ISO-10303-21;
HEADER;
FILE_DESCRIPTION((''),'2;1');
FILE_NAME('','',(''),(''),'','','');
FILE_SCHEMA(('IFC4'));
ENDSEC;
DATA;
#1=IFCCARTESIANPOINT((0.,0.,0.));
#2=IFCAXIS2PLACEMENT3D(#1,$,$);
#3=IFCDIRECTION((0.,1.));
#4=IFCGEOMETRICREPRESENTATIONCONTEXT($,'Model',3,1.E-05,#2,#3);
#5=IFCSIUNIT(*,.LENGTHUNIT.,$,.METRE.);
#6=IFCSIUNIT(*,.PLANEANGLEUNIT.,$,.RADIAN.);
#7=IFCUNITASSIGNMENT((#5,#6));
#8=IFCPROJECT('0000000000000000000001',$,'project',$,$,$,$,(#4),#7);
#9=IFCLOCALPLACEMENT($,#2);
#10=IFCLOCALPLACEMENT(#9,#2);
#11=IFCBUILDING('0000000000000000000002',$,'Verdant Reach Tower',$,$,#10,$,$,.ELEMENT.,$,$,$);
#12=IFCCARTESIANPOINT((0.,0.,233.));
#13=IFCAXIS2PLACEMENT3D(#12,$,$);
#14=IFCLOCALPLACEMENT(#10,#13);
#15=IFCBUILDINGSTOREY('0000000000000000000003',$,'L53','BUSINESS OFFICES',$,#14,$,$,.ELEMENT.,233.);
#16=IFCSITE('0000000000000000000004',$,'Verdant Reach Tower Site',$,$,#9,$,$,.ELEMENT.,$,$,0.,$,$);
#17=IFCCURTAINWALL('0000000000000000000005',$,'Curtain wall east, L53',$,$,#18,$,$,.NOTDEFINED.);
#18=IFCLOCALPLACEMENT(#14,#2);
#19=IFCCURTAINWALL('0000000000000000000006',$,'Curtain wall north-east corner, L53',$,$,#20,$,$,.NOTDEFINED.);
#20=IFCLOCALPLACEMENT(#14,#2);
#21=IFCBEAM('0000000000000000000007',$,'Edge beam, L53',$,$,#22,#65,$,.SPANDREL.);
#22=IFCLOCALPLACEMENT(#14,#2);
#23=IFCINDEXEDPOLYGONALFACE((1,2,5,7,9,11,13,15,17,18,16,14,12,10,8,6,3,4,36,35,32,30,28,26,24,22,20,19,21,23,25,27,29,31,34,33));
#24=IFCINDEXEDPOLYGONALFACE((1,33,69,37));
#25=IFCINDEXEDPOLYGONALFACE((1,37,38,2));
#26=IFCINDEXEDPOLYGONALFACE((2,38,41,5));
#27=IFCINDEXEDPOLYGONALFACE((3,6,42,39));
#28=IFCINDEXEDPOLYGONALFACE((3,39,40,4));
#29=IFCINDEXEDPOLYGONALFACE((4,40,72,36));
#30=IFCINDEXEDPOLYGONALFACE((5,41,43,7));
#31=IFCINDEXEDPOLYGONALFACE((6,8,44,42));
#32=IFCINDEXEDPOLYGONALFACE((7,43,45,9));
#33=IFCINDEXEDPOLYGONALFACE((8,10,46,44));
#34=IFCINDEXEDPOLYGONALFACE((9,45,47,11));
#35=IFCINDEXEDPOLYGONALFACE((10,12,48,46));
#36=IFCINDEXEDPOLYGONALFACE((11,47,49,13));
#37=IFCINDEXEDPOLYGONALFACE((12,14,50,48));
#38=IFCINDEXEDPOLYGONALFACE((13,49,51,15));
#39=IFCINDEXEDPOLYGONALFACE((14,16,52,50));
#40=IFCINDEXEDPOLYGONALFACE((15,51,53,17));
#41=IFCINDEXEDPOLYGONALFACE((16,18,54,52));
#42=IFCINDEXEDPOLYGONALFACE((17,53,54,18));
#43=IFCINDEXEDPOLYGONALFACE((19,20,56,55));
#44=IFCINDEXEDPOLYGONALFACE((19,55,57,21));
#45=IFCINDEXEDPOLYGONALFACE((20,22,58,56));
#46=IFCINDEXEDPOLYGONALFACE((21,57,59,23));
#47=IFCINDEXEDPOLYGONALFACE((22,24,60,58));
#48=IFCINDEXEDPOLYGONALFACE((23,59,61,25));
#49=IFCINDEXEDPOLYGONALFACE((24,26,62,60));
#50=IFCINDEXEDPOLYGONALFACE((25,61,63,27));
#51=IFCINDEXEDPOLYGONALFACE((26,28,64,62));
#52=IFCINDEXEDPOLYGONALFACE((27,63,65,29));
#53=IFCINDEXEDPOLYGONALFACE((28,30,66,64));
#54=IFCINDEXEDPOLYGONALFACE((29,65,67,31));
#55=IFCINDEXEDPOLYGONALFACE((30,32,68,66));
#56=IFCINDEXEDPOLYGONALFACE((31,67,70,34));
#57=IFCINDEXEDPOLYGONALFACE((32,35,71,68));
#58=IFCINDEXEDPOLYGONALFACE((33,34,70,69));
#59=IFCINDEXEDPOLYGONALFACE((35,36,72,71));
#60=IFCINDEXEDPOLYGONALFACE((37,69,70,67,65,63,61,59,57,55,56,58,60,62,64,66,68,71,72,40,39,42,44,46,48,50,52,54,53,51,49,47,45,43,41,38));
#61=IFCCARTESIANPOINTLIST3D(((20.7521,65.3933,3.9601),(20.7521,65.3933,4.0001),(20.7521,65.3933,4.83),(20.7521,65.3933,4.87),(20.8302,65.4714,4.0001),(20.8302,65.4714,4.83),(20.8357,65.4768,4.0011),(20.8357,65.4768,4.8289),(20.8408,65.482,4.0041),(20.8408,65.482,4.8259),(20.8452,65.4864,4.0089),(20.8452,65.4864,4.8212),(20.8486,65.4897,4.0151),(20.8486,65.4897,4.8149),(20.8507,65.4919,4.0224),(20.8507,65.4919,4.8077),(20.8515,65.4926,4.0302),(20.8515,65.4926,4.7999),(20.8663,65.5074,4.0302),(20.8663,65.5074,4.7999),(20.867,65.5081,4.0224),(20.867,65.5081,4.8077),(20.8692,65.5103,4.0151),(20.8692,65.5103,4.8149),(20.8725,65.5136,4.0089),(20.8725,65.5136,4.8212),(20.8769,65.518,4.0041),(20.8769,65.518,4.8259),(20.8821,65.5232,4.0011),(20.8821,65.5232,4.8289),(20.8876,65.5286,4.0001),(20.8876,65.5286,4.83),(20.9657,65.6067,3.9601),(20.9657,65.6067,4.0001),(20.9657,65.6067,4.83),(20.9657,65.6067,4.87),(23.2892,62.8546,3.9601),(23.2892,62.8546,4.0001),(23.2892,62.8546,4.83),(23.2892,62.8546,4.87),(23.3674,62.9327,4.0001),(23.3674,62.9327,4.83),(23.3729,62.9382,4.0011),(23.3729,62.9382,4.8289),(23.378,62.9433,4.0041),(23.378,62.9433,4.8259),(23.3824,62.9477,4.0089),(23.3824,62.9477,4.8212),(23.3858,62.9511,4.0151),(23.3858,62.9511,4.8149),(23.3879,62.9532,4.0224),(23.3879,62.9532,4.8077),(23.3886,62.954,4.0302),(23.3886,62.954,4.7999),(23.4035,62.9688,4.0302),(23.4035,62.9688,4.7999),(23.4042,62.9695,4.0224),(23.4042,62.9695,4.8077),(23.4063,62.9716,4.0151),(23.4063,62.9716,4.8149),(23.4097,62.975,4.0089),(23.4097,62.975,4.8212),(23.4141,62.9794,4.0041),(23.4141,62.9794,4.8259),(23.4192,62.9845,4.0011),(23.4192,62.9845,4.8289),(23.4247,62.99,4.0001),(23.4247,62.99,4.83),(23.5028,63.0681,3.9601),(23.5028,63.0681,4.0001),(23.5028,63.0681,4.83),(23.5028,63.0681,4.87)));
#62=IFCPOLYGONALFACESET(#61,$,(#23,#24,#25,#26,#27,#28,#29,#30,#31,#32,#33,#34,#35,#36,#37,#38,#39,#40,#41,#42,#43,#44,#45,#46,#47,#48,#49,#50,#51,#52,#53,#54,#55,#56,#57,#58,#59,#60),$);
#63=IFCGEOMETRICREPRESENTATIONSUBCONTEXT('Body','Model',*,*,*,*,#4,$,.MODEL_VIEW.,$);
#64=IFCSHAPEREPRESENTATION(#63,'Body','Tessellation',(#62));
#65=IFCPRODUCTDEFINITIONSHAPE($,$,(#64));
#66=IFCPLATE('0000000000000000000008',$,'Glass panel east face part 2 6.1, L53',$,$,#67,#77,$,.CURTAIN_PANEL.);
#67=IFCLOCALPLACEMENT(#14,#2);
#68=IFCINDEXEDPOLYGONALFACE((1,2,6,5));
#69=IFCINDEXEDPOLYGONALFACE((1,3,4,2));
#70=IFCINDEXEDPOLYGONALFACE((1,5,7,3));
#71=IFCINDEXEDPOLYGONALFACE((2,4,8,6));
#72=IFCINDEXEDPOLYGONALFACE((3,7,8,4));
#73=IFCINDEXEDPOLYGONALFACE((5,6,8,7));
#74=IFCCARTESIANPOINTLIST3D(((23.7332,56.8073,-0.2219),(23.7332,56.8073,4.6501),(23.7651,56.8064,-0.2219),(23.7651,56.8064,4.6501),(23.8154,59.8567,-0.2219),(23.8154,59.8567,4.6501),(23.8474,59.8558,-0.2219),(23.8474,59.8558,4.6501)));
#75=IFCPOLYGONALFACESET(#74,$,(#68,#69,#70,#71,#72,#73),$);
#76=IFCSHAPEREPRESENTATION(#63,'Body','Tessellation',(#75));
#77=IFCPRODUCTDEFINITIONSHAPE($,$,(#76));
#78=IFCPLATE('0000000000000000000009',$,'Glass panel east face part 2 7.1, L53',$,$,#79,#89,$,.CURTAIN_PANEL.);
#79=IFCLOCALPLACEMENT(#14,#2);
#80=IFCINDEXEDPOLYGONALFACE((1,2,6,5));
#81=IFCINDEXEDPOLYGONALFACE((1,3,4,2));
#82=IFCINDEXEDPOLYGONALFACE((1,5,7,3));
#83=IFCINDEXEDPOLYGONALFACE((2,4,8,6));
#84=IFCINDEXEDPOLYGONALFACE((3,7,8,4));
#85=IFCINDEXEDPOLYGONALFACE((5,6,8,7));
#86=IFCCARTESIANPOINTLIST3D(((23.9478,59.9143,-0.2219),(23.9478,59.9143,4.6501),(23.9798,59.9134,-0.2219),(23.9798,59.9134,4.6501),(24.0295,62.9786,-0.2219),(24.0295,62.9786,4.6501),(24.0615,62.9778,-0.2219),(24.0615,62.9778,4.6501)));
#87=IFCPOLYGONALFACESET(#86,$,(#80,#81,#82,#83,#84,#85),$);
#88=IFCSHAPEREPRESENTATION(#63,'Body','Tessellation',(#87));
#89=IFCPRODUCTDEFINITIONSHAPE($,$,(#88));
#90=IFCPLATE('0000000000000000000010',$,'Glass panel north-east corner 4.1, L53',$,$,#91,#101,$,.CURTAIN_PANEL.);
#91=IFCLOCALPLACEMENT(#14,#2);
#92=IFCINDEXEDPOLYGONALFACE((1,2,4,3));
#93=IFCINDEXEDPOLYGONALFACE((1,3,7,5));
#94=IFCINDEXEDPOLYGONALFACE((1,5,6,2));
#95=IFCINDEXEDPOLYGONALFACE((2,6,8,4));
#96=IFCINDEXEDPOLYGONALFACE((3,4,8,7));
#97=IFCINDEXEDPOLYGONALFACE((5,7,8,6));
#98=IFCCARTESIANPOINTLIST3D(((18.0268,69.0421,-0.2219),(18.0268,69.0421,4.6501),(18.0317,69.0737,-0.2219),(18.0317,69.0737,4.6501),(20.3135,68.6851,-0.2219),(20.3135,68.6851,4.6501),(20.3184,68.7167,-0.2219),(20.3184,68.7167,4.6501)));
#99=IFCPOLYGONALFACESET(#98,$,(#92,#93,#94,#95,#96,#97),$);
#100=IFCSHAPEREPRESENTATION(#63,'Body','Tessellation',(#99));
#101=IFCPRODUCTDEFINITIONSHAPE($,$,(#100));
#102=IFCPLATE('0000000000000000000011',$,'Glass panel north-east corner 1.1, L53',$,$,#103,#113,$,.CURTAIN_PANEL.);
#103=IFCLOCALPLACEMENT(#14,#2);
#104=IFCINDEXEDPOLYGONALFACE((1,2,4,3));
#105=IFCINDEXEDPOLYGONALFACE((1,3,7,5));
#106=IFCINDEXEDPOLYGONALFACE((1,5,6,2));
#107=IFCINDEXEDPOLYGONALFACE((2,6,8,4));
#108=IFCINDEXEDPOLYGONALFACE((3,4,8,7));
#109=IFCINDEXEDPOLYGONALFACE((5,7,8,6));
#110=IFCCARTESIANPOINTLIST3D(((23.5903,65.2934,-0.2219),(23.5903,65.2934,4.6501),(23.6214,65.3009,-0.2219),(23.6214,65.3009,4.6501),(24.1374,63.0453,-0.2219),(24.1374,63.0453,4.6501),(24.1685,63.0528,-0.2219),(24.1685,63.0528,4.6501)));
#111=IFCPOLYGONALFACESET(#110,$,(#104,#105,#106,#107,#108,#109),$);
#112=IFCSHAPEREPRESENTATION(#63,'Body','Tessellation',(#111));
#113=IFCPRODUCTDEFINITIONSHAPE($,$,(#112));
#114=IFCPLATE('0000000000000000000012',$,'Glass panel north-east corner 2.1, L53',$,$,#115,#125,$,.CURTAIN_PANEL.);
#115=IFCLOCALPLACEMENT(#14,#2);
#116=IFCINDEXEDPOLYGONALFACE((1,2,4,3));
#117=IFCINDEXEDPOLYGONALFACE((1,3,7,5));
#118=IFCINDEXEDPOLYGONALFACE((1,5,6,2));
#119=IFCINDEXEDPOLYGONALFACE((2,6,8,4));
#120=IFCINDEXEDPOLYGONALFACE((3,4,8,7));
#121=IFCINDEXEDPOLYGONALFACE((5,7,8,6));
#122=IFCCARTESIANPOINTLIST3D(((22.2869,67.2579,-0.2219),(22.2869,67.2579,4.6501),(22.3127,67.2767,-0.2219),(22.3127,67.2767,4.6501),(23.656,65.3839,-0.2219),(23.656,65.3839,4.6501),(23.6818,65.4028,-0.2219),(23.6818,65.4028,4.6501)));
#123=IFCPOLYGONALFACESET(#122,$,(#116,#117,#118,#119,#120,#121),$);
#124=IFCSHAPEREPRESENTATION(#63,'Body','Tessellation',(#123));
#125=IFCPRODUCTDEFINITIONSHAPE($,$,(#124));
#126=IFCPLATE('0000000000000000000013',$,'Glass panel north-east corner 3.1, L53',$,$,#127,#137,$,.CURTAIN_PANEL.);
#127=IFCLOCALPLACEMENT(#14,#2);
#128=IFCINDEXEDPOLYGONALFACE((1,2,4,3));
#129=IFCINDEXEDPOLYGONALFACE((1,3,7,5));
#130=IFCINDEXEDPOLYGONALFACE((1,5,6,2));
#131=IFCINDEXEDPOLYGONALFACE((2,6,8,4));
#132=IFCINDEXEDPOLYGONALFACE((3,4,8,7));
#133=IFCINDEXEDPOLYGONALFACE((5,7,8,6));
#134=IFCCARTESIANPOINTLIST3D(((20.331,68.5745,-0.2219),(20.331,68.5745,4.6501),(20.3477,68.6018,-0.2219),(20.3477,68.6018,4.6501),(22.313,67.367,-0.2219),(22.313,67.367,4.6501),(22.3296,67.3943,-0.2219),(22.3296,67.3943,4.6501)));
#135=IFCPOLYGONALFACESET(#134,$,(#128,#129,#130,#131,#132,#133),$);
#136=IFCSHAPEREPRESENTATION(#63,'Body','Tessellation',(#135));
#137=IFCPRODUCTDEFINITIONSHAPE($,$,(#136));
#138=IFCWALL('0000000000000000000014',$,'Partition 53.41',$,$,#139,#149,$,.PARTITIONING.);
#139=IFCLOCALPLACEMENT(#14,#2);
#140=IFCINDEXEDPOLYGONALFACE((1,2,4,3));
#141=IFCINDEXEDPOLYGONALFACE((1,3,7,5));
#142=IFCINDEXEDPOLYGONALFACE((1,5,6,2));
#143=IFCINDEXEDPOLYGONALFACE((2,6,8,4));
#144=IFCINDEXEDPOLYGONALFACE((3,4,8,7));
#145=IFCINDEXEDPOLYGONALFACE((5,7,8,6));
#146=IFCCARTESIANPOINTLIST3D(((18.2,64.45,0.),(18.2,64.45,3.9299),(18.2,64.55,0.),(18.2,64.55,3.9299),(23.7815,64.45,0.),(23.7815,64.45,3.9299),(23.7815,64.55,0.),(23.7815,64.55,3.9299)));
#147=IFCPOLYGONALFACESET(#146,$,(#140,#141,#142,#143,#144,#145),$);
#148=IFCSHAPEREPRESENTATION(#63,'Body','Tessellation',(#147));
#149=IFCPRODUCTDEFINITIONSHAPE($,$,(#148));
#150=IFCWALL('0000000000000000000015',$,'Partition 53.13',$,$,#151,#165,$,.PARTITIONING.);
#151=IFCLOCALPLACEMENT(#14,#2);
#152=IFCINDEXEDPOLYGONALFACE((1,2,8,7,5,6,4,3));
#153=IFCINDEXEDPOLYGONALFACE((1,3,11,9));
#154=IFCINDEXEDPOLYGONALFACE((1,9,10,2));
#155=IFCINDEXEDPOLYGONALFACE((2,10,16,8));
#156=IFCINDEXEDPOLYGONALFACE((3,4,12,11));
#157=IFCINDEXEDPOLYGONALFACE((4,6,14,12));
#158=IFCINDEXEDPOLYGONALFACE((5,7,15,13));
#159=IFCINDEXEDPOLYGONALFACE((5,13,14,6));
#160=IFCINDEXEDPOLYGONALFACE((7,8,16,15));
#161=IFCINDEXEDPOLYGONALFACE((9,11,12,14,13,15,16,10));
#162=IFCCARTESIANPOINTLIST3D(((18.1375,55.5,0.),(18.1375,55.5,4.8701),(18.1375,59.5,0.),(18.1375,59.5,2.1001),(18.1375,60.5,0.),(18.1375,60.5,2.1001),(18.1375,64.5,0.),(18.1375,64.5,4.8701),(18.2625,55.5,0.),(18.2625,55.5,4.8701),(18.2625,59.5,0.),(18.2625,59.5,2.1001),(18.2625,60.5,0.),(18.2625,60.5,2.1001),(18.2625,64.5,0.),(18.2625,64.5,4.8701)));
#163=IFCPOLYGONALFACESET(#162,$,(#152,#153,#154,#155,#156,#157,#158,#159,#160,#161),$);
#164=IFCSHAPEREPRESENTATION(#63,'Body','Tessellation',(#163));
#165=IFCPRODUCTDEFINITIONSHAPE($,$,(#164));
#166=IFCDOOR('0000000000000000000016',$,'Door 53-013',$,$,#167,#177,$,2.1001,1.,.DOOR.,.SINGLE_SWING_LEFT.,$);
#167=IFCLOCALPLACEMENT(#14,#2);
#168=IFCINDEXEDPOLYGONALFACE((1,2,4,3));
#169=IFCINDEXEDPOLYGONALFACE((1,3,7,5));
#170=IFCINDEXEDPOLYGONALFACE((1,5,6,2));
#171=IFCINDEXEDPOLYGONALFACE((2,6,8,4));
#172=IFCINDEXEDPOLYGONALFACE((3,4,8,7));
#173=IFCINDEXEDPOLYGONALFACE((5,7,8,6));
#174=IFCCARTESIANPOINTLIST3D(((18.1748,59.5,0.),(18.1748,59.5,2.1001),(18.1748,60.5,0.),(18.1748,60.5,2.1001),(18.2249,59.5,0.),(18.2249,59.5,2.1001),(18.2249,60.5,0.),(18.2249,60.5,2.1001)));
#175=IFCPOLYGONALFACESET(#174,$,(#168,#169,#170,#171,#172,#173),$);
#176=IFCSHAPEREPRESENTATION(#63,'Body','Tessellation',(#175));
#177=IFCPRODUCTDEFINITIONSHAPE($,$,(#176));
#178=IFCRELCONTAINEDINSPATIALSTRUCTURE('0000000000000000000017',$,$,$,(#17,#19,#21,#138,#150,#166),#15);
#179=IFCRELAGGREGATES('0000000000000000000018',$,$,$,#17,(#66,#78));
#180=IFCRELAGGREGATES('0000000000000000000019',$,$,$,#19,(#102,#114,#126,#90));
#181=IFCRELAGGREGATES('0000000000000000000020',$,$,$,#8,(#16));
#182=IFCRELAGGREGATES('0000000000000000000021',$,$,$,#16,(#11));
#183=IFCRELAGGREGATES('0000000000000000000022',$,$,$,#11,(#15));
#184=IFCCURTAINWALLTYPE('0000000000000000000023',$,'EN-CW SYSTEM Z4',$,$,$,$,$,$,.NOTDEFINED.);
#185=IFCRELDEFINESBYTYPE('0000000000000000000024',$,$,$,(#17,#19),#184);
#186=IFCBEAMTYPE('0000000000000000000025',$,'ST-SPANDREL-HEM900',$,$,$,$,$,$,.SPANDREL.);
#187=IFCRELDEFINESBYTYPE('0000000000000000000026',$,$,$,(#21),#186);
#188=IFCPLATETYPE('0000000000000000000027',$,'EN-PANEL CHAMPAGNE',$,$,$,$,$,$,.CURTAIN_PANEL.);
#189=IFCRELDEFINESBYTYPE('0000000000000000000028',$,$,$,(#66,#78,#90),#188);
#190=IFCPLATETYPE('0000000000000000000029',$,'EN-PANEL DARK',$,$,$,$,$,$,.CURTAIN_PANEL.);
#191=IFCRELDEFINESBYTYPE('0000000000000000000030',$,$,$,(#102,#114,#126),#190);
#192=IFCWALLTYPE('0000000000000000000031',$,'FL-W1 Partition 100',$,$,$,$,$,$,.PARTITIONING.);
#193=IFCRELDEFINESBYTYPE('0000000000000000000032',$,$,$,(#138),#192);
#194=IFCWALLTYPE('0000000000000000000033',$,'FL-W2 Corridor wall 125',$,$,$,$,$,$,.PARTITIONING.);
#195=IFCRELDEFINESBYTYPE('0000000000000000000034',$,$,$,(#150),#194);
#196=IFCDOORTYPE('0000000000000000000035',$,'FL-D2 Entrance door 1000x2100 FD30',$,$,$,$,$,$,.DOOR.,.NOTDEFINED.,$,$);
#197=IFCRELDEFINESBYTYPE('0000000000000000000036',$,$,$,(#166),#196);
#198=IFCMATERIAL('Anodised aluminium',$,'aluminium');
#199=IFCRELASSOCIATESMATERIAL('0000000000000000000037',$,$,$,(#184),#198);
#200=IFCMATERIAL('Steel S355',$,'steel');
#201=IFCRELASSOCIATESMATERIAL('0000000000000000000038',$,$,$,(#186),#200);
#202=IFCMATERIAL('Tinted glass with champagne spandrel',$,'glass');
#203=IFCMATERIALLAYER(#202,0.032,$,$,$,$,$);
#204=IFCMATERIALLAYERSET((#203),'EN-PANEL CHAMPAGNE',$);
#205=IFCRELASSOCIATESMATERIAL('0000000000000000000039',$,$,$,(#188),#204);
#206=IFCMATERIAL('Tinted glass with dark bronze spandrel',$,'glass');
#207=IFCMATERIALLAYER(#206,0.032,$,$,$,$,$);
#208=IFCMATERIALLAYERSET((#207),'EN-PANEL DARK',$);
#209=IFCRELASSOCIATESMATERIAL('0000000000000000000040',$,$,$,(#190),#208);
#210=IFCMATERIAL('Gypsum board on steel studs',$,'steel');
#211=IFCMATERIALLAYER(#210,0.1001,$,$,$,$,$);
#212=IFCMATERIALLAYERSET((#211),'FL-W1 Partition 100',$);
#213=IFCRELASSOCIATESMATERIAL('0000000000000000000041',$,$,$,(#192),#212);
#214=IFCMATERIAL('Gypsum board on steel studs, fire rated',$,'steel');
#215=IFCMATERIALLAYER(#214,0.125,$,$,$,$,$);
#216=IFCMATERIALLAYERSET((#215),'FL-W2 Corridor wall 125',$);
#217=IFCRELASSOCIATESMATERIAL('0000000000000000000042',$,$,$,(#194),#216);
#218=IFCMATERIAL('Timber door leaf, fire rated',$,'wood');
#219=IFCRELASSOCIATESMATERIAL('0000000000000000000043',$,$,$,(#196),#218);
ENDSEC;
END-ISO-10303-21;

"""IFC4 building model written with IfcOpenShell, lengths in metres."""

from ifc_helpers import new_model, si_unit, direction, frame, frame_2d, origin, origin_2d, place, context, subcontext, project, spatial, rectangle, i_section, extrude, material, layer, layer_set, material_profile, profile_set, type_object, element, fill, aggregate, save


model = new_model("IFC4")

# Units and contexts
model_context = context("Model", 3, precision=1e-05, world=origin(), true_north=direction((0.0, 1.0)))
body_context = subcontext(model_context, "Body", "Model", "MODEL_VIEW")
ifc_project = project(units=[si_unit("LENGTHUNIT", "METRE"), si_unit("PLANEANGLEUNIT", "RADIAN")], contexts=[model_context])

# Site, building, storey
site_placement = place(None, origin())
site = spatial("IfcSite", under=ifc_project, at=site_placement, Name="Verdant Reach Tower Site", CompositionType="ELEMENT", RefElevation=0.0)
building_placement = place(site_placement, origin())
building = spatial("IfcBuilding", under=site, at=building_placement, Name="Verdant Reach Tower", CompositionType="ELEMENT")
storey_placement = place(building_placement, frame((0.0, 0.0, 233.0)))
storey = spatial("IfcBuildingStorey", under=building, at=storey_placement, Name="L53", Description="BUSINESS OFFICES", CompositionType="ELEMENT", Elevation=233.0)

# Curtain walls
ifc_material_1 = material(Name="Anodised aluminium", Category="aluminium")
curtain_wall_type = type_object("IfcCurtainWallType", Name="EN-CW SYSTEM Z4", PredefinedType="NOTDEFINED", material=ifc_material_1)
curtain_wall_1_placement = place(storey_placement, origin())
curtain_wall_1 = element("IfcCurtainWall", 1, at=curtain_wall_1_placement, inside=storey, type_object=curtain_wall_type, Name="Curtain wall east, L53", PredefinedType="NOTDEFINED")
curtain_wall_2_placement = place(storey_placement, origin())
curtain_wall_2 = element("IfcCurtainWall", 2, at=curtain_wall_2_placement, inside=storey, type_object=curtain_wall_type, Name="Curtain wall north-east corner, L53", PredefinedType="NOTDEFINED")

# Beam
ifc_material_2 = material(Name="Steel S355", Category="steel")
ifc_material_profile_1 = material_profile(ifc_material_2, i_section(OverallWidth=0.302, OverallDepth=0.9099, WebThickness=0.021, FlangeThickness=0.04, FilletRadius=0.03, at=origin_2d()), Name="HEM 900")
ifc_profile_set_1 = profile_set([ifc_material_profile_1], Name="Steel S355")
beam_type_1 = type_object("IfcBeamType", Name="ST-SPANDREL-HEM900", PredefinedType="SPANDREL", material=ifc_profile_set_1)
beam_1_placement = place(storey_placement, frame((20.8589, 65.5, 4.415), z_axis=(0.706903, -0.707311, 0.0), x_axis=(0.707311, 0.706903, 0.0)))
element("IfcBeam", 3, at=beam_1_placement, inside=storey, type_object=beam_type_1, Name="Edge beam, L53", PredefinedType="SPANDREL", context=body_context, shape_type="SweptSolid", body=[
    extrude(i_section(OverallWidth=0.302, OverallDepth=0.9099, WebThickness=0.021, FlangeThickness=0.04, FilletRadius=0.03, at=origin_2d()), origin(), (0.0, 0.0, 1.0), 3.5891),
])

# Plates
ifc_material_3 = material(Name="Tinted glass with champagne spandrel", Category="glass")
ifc_layer_1 = layer(ifc_material_3, 0.032)
ifc_layer_set_1 = layer_set([ifc_layer_1], Name="EN-PANEL CHAMPAGNE")
plate_type_1 = type_object("IfcPlateType", Name="EN-PANEL CHAMPAGNE", PredefinedType="CURTAIN_PANEL", material=ifc_layer_set_1)
plate_1_placement = place(storey_placement, frame((23.7903, 58.3315, -0.2219), z_axis=(0.0, 0.0, 1.0), x_axis=(0.026965, 0.999636, 0.0)))
plate_1 = element("IfcPlate", 4, at=plate_1_placement, type_object=plate_type_1, Name="Glass panel east face part 2 6.1, L53", PredefinedType="CURTAIN_PANEL", context=body_context, shape_type="SweptSolid", body=[
    extrude(rectangle(XDim=3.0505, YDim=0.032, at=origin_2d()), origin(), (0.0, 0.0, 1.0), 4.8721),
])
plate_2_placement = place(storey_placement, frame((24.0046, 61.446, -0.2219), z_axis=(0.0, 0.0, 1.0), x_axis=(0.026651, 0.999645, 0.0)))
plate_2 = element("IfcPlate", 5, at=plate_2_placement, type_object=plate_type_1, Name="Glass panel east face part 2 7.1, L53", PredefinedType="CURTAIN_PANEL", context=body_context, shape_type="SweptSolid", body=[
    extrude(rectangle(XDim=3.0654, YDim=0.032, at=origin_2d()), origin(), (0.0, 0.0, 1.0), 4.8721),
])
aggregate(curtain_wall_1, [plate_1, plate_2])
plate_3_placement = place(storey_placement, frame((19.1726, 68.8794, -0.2219), z_axis=(0.0, 0.0, 1.0), x_axis=(-0.988027, 0.154279, 0.0)))
plate_3 = element("IfcPlate", 6, at=plate_3_placement, type_object=plate_type_1, Name="Glass panel north-east corner 4.1, L53", PredefinedType="CURTAIN_PANEL", context=body_context, shape_type="SweptSolid", body=[
    extrude(rectangle(XDim=2.3145, YDim=0.032, at=origin_2d()), origin(), (0.0, 0.0, 1.0), 4.8721),
])
ifc_material_4 = material(Name="Tinted glass with dark bronze spandrel", Category="glass")
ifc_layer_2 = layer(ifc_material_4, 0.032)
ifc_layer_set_2 = layer_set([ifc_layer_2], Name="EN-PANEL DARK")
plate_type_2 = type_object("IfcPlateType", Name="EN-PANEL DARK", PredefinedType="CURTAIN_PANEL", material=ifc_layer_set_2)
plate_4_placement = place(storey_placement, frame((23.8794, 64.1731, -0.2219), z_axis=(0.0, 0.0, 1.0), x_axis=(-0.236459, 0.971642, 0.0)))
plate_4 = element("IfcPlate", 7, at=plate_4_placement, type_object=plate_type_2, Name="Glass panel north-east corner 1.1, L53", PredefinedType="CURTAIN_PANEL", context=body_context, shape_type="SweptSolid", body=[
    extrude(rectangle(XDim=2.3137, YDim=0.032, at=origin_2d()), origin(), (0.0, 0.0, 1.0), 4.8721),
])
plate_5_placement = place(storey_placement, frame((22.9844, 66.3303, -0.2219), z_axis=(0.0, 0.0, 1.0), x_axis=(-0.589927, 0.807457, 0.0)))
plate_5 = element("IfcPlate", 8, at=plate_5_placement, type_object=plate_type_2, Name="Glass panel north-east corner 2.1, L53", PredefinedType="CURTAIN_PANEL", context=body_context, shape_type="SweptSolid", body=[
    extrude(rectangle(XDim=2.3208, YDim=0.032, at=origin_2d()), origin(), (0.0, 0.0, 1.0), 4.8721),
])
plate_6_placement = place(storey_placement, frame((21.3303, 67.9844, -0.2219), z_axis=(0.0, 0.0, 1.0), x_axis=(-0.853989, 0.520292, 0.0)))
plate_6 = element("IfcPlate", 9, at=plate_6_placement, type_object=plate_type_2, Name="Glass panel north-east corner 3.1, L53", PredefinedType="CURTAIN_PANEL", context=body_context, shape_type="SweptSolid", body=[
    extrude(rectangle(XDim=2.3208, YDim=0.032, at=origin_2d()), origin(), (0.0, 0.0, 1.0), 4.8721),
])
aggregate(curtain_wall_2, [plate_4, plate_5, plate_6, plate_3])

# Wall
ifc_material_5 = material(Name="Gypsum board on steel studs", Category="steel")
ifc_layer_3 = layer(ifc_material_5, 0.1001)
ifc_layer_set_3 = layer_set([ifc_layer_3], Name="FL-W1 Partition 100")
wall_type_1 = type_object("IfcWallType", Name="FL-W1 Partition 100", PredefinedType="PARTITIONING", material=ifc_layer_set_3)
wall_1_placement = place(storey_placement, frame((23.7815, 64.5, 0.0), z_axis=(0.0, 0.0, 1.0), x_axis=(-1.0, 0.0, 0.0)))
element("IfcWall", 10, at=wall_1_placement, inside=storey, type_object=wall_type_1, Name="Partition 53.41", PredefinedType="PARTITIONING", context=body_context, shape_type="SweptSolid", body=[
    extrude(rectangle(XDim=5.5815, YDim=0.1001, at=frame_2d((2.7908, 0.0))), origin(), (0.0, 0.0, 1.0), 3.9299),
])

# Wall, opening, door
ifc_material_6 = material(Name="Gypsum board on steel studs, fire rated", Category="steel")
ifc_layer_4 = layer(ifc_material_6, 0.125)
ifc_layer_set_4 = layer_set([ifc_layer_4], Name="FL-W2 Corridor wall 125")
wall_type_2 = type_object("IfcWallType", Name="FL-W2 Corridor wall 125", PredefinedType="PARTITIONING", material=ifc_layer_set_4)
wall_2_placement = place(storey_placement, frame((18.2, 64.5, 0.0), z_axis=(0.0, 0.0, 1.0), x_axis=(0.0, -1.0, 0.0)))
wall_2 = element("IfcWall", 11, at=wall_2_placement, inside=storey, type_object=wall_type_2, Name="Partition 53.13", PredefinedType="PARTITIONING", context=body_context, shape_type="SweptSolid", body=[
    extrude(rectangle(XDim=9.0, YDim=0.125, at=frame_2d((4.5, 0.0))), origin(), (0.0, 0.0, 1.0), 4.8701),
])
opening_1_placement = place(wall_2_placement, frame((4.0, 0.0, 0.0)))
opening_1 = element("IfcOpeningElement", 12, at=opening_1_placement, cuts=wall_2, PredefinedType="OPENING", context=body_context, shape_type="SweptSolid", body=[
    extrude(rectangle(XDim=1.0, YDim=2.1001, at=frame_2d((0.5, 1.05))), frame((0.0, 0.0725, 0.0), z_axis=(0.0, -1.0, 0.0), x_axis=(1.0, 0.0, 0.0)), (0.0, 0.0, 1.0), 0.145),
])
ifc_material_7 = material(Name="Timber door leaf, fire rated", Category="wood")
door_type = type_object("IfcDoorType", Name="FL-D2 Entrance door 1000x2100 FD30", OperationType="NOTDEFINED", PredefinedType="DOOR", material=ifc_material_7)
door_1_placement = place(opening_1_placement, origin())
door_1 = element("IfcDoor", 13, at=door_1_placement, inside=storey, type_object=door_type, Name="Door 53-013", OperationType="SINGLE_SWING_LEFT", OverallHeight=2.1001, OverallWidth=1.0, PredefinedType="DOOR", context=body_context, shape_type="SweptSolid", body=[
    extrude(rectangle(XDim=1.0, YDim=2.1001, at=frame_2d((0.5, 1.05))), frame((0.0, 0.0249, 0.0), z_axis=(0.0, -1.0, 0.0), x_axis=(1.0, 0.0, 0.0)), (0.0, 0.0, 1.0), 0.05),
])
fill(opening_1, door_1)

save(model, "model.ifc")
